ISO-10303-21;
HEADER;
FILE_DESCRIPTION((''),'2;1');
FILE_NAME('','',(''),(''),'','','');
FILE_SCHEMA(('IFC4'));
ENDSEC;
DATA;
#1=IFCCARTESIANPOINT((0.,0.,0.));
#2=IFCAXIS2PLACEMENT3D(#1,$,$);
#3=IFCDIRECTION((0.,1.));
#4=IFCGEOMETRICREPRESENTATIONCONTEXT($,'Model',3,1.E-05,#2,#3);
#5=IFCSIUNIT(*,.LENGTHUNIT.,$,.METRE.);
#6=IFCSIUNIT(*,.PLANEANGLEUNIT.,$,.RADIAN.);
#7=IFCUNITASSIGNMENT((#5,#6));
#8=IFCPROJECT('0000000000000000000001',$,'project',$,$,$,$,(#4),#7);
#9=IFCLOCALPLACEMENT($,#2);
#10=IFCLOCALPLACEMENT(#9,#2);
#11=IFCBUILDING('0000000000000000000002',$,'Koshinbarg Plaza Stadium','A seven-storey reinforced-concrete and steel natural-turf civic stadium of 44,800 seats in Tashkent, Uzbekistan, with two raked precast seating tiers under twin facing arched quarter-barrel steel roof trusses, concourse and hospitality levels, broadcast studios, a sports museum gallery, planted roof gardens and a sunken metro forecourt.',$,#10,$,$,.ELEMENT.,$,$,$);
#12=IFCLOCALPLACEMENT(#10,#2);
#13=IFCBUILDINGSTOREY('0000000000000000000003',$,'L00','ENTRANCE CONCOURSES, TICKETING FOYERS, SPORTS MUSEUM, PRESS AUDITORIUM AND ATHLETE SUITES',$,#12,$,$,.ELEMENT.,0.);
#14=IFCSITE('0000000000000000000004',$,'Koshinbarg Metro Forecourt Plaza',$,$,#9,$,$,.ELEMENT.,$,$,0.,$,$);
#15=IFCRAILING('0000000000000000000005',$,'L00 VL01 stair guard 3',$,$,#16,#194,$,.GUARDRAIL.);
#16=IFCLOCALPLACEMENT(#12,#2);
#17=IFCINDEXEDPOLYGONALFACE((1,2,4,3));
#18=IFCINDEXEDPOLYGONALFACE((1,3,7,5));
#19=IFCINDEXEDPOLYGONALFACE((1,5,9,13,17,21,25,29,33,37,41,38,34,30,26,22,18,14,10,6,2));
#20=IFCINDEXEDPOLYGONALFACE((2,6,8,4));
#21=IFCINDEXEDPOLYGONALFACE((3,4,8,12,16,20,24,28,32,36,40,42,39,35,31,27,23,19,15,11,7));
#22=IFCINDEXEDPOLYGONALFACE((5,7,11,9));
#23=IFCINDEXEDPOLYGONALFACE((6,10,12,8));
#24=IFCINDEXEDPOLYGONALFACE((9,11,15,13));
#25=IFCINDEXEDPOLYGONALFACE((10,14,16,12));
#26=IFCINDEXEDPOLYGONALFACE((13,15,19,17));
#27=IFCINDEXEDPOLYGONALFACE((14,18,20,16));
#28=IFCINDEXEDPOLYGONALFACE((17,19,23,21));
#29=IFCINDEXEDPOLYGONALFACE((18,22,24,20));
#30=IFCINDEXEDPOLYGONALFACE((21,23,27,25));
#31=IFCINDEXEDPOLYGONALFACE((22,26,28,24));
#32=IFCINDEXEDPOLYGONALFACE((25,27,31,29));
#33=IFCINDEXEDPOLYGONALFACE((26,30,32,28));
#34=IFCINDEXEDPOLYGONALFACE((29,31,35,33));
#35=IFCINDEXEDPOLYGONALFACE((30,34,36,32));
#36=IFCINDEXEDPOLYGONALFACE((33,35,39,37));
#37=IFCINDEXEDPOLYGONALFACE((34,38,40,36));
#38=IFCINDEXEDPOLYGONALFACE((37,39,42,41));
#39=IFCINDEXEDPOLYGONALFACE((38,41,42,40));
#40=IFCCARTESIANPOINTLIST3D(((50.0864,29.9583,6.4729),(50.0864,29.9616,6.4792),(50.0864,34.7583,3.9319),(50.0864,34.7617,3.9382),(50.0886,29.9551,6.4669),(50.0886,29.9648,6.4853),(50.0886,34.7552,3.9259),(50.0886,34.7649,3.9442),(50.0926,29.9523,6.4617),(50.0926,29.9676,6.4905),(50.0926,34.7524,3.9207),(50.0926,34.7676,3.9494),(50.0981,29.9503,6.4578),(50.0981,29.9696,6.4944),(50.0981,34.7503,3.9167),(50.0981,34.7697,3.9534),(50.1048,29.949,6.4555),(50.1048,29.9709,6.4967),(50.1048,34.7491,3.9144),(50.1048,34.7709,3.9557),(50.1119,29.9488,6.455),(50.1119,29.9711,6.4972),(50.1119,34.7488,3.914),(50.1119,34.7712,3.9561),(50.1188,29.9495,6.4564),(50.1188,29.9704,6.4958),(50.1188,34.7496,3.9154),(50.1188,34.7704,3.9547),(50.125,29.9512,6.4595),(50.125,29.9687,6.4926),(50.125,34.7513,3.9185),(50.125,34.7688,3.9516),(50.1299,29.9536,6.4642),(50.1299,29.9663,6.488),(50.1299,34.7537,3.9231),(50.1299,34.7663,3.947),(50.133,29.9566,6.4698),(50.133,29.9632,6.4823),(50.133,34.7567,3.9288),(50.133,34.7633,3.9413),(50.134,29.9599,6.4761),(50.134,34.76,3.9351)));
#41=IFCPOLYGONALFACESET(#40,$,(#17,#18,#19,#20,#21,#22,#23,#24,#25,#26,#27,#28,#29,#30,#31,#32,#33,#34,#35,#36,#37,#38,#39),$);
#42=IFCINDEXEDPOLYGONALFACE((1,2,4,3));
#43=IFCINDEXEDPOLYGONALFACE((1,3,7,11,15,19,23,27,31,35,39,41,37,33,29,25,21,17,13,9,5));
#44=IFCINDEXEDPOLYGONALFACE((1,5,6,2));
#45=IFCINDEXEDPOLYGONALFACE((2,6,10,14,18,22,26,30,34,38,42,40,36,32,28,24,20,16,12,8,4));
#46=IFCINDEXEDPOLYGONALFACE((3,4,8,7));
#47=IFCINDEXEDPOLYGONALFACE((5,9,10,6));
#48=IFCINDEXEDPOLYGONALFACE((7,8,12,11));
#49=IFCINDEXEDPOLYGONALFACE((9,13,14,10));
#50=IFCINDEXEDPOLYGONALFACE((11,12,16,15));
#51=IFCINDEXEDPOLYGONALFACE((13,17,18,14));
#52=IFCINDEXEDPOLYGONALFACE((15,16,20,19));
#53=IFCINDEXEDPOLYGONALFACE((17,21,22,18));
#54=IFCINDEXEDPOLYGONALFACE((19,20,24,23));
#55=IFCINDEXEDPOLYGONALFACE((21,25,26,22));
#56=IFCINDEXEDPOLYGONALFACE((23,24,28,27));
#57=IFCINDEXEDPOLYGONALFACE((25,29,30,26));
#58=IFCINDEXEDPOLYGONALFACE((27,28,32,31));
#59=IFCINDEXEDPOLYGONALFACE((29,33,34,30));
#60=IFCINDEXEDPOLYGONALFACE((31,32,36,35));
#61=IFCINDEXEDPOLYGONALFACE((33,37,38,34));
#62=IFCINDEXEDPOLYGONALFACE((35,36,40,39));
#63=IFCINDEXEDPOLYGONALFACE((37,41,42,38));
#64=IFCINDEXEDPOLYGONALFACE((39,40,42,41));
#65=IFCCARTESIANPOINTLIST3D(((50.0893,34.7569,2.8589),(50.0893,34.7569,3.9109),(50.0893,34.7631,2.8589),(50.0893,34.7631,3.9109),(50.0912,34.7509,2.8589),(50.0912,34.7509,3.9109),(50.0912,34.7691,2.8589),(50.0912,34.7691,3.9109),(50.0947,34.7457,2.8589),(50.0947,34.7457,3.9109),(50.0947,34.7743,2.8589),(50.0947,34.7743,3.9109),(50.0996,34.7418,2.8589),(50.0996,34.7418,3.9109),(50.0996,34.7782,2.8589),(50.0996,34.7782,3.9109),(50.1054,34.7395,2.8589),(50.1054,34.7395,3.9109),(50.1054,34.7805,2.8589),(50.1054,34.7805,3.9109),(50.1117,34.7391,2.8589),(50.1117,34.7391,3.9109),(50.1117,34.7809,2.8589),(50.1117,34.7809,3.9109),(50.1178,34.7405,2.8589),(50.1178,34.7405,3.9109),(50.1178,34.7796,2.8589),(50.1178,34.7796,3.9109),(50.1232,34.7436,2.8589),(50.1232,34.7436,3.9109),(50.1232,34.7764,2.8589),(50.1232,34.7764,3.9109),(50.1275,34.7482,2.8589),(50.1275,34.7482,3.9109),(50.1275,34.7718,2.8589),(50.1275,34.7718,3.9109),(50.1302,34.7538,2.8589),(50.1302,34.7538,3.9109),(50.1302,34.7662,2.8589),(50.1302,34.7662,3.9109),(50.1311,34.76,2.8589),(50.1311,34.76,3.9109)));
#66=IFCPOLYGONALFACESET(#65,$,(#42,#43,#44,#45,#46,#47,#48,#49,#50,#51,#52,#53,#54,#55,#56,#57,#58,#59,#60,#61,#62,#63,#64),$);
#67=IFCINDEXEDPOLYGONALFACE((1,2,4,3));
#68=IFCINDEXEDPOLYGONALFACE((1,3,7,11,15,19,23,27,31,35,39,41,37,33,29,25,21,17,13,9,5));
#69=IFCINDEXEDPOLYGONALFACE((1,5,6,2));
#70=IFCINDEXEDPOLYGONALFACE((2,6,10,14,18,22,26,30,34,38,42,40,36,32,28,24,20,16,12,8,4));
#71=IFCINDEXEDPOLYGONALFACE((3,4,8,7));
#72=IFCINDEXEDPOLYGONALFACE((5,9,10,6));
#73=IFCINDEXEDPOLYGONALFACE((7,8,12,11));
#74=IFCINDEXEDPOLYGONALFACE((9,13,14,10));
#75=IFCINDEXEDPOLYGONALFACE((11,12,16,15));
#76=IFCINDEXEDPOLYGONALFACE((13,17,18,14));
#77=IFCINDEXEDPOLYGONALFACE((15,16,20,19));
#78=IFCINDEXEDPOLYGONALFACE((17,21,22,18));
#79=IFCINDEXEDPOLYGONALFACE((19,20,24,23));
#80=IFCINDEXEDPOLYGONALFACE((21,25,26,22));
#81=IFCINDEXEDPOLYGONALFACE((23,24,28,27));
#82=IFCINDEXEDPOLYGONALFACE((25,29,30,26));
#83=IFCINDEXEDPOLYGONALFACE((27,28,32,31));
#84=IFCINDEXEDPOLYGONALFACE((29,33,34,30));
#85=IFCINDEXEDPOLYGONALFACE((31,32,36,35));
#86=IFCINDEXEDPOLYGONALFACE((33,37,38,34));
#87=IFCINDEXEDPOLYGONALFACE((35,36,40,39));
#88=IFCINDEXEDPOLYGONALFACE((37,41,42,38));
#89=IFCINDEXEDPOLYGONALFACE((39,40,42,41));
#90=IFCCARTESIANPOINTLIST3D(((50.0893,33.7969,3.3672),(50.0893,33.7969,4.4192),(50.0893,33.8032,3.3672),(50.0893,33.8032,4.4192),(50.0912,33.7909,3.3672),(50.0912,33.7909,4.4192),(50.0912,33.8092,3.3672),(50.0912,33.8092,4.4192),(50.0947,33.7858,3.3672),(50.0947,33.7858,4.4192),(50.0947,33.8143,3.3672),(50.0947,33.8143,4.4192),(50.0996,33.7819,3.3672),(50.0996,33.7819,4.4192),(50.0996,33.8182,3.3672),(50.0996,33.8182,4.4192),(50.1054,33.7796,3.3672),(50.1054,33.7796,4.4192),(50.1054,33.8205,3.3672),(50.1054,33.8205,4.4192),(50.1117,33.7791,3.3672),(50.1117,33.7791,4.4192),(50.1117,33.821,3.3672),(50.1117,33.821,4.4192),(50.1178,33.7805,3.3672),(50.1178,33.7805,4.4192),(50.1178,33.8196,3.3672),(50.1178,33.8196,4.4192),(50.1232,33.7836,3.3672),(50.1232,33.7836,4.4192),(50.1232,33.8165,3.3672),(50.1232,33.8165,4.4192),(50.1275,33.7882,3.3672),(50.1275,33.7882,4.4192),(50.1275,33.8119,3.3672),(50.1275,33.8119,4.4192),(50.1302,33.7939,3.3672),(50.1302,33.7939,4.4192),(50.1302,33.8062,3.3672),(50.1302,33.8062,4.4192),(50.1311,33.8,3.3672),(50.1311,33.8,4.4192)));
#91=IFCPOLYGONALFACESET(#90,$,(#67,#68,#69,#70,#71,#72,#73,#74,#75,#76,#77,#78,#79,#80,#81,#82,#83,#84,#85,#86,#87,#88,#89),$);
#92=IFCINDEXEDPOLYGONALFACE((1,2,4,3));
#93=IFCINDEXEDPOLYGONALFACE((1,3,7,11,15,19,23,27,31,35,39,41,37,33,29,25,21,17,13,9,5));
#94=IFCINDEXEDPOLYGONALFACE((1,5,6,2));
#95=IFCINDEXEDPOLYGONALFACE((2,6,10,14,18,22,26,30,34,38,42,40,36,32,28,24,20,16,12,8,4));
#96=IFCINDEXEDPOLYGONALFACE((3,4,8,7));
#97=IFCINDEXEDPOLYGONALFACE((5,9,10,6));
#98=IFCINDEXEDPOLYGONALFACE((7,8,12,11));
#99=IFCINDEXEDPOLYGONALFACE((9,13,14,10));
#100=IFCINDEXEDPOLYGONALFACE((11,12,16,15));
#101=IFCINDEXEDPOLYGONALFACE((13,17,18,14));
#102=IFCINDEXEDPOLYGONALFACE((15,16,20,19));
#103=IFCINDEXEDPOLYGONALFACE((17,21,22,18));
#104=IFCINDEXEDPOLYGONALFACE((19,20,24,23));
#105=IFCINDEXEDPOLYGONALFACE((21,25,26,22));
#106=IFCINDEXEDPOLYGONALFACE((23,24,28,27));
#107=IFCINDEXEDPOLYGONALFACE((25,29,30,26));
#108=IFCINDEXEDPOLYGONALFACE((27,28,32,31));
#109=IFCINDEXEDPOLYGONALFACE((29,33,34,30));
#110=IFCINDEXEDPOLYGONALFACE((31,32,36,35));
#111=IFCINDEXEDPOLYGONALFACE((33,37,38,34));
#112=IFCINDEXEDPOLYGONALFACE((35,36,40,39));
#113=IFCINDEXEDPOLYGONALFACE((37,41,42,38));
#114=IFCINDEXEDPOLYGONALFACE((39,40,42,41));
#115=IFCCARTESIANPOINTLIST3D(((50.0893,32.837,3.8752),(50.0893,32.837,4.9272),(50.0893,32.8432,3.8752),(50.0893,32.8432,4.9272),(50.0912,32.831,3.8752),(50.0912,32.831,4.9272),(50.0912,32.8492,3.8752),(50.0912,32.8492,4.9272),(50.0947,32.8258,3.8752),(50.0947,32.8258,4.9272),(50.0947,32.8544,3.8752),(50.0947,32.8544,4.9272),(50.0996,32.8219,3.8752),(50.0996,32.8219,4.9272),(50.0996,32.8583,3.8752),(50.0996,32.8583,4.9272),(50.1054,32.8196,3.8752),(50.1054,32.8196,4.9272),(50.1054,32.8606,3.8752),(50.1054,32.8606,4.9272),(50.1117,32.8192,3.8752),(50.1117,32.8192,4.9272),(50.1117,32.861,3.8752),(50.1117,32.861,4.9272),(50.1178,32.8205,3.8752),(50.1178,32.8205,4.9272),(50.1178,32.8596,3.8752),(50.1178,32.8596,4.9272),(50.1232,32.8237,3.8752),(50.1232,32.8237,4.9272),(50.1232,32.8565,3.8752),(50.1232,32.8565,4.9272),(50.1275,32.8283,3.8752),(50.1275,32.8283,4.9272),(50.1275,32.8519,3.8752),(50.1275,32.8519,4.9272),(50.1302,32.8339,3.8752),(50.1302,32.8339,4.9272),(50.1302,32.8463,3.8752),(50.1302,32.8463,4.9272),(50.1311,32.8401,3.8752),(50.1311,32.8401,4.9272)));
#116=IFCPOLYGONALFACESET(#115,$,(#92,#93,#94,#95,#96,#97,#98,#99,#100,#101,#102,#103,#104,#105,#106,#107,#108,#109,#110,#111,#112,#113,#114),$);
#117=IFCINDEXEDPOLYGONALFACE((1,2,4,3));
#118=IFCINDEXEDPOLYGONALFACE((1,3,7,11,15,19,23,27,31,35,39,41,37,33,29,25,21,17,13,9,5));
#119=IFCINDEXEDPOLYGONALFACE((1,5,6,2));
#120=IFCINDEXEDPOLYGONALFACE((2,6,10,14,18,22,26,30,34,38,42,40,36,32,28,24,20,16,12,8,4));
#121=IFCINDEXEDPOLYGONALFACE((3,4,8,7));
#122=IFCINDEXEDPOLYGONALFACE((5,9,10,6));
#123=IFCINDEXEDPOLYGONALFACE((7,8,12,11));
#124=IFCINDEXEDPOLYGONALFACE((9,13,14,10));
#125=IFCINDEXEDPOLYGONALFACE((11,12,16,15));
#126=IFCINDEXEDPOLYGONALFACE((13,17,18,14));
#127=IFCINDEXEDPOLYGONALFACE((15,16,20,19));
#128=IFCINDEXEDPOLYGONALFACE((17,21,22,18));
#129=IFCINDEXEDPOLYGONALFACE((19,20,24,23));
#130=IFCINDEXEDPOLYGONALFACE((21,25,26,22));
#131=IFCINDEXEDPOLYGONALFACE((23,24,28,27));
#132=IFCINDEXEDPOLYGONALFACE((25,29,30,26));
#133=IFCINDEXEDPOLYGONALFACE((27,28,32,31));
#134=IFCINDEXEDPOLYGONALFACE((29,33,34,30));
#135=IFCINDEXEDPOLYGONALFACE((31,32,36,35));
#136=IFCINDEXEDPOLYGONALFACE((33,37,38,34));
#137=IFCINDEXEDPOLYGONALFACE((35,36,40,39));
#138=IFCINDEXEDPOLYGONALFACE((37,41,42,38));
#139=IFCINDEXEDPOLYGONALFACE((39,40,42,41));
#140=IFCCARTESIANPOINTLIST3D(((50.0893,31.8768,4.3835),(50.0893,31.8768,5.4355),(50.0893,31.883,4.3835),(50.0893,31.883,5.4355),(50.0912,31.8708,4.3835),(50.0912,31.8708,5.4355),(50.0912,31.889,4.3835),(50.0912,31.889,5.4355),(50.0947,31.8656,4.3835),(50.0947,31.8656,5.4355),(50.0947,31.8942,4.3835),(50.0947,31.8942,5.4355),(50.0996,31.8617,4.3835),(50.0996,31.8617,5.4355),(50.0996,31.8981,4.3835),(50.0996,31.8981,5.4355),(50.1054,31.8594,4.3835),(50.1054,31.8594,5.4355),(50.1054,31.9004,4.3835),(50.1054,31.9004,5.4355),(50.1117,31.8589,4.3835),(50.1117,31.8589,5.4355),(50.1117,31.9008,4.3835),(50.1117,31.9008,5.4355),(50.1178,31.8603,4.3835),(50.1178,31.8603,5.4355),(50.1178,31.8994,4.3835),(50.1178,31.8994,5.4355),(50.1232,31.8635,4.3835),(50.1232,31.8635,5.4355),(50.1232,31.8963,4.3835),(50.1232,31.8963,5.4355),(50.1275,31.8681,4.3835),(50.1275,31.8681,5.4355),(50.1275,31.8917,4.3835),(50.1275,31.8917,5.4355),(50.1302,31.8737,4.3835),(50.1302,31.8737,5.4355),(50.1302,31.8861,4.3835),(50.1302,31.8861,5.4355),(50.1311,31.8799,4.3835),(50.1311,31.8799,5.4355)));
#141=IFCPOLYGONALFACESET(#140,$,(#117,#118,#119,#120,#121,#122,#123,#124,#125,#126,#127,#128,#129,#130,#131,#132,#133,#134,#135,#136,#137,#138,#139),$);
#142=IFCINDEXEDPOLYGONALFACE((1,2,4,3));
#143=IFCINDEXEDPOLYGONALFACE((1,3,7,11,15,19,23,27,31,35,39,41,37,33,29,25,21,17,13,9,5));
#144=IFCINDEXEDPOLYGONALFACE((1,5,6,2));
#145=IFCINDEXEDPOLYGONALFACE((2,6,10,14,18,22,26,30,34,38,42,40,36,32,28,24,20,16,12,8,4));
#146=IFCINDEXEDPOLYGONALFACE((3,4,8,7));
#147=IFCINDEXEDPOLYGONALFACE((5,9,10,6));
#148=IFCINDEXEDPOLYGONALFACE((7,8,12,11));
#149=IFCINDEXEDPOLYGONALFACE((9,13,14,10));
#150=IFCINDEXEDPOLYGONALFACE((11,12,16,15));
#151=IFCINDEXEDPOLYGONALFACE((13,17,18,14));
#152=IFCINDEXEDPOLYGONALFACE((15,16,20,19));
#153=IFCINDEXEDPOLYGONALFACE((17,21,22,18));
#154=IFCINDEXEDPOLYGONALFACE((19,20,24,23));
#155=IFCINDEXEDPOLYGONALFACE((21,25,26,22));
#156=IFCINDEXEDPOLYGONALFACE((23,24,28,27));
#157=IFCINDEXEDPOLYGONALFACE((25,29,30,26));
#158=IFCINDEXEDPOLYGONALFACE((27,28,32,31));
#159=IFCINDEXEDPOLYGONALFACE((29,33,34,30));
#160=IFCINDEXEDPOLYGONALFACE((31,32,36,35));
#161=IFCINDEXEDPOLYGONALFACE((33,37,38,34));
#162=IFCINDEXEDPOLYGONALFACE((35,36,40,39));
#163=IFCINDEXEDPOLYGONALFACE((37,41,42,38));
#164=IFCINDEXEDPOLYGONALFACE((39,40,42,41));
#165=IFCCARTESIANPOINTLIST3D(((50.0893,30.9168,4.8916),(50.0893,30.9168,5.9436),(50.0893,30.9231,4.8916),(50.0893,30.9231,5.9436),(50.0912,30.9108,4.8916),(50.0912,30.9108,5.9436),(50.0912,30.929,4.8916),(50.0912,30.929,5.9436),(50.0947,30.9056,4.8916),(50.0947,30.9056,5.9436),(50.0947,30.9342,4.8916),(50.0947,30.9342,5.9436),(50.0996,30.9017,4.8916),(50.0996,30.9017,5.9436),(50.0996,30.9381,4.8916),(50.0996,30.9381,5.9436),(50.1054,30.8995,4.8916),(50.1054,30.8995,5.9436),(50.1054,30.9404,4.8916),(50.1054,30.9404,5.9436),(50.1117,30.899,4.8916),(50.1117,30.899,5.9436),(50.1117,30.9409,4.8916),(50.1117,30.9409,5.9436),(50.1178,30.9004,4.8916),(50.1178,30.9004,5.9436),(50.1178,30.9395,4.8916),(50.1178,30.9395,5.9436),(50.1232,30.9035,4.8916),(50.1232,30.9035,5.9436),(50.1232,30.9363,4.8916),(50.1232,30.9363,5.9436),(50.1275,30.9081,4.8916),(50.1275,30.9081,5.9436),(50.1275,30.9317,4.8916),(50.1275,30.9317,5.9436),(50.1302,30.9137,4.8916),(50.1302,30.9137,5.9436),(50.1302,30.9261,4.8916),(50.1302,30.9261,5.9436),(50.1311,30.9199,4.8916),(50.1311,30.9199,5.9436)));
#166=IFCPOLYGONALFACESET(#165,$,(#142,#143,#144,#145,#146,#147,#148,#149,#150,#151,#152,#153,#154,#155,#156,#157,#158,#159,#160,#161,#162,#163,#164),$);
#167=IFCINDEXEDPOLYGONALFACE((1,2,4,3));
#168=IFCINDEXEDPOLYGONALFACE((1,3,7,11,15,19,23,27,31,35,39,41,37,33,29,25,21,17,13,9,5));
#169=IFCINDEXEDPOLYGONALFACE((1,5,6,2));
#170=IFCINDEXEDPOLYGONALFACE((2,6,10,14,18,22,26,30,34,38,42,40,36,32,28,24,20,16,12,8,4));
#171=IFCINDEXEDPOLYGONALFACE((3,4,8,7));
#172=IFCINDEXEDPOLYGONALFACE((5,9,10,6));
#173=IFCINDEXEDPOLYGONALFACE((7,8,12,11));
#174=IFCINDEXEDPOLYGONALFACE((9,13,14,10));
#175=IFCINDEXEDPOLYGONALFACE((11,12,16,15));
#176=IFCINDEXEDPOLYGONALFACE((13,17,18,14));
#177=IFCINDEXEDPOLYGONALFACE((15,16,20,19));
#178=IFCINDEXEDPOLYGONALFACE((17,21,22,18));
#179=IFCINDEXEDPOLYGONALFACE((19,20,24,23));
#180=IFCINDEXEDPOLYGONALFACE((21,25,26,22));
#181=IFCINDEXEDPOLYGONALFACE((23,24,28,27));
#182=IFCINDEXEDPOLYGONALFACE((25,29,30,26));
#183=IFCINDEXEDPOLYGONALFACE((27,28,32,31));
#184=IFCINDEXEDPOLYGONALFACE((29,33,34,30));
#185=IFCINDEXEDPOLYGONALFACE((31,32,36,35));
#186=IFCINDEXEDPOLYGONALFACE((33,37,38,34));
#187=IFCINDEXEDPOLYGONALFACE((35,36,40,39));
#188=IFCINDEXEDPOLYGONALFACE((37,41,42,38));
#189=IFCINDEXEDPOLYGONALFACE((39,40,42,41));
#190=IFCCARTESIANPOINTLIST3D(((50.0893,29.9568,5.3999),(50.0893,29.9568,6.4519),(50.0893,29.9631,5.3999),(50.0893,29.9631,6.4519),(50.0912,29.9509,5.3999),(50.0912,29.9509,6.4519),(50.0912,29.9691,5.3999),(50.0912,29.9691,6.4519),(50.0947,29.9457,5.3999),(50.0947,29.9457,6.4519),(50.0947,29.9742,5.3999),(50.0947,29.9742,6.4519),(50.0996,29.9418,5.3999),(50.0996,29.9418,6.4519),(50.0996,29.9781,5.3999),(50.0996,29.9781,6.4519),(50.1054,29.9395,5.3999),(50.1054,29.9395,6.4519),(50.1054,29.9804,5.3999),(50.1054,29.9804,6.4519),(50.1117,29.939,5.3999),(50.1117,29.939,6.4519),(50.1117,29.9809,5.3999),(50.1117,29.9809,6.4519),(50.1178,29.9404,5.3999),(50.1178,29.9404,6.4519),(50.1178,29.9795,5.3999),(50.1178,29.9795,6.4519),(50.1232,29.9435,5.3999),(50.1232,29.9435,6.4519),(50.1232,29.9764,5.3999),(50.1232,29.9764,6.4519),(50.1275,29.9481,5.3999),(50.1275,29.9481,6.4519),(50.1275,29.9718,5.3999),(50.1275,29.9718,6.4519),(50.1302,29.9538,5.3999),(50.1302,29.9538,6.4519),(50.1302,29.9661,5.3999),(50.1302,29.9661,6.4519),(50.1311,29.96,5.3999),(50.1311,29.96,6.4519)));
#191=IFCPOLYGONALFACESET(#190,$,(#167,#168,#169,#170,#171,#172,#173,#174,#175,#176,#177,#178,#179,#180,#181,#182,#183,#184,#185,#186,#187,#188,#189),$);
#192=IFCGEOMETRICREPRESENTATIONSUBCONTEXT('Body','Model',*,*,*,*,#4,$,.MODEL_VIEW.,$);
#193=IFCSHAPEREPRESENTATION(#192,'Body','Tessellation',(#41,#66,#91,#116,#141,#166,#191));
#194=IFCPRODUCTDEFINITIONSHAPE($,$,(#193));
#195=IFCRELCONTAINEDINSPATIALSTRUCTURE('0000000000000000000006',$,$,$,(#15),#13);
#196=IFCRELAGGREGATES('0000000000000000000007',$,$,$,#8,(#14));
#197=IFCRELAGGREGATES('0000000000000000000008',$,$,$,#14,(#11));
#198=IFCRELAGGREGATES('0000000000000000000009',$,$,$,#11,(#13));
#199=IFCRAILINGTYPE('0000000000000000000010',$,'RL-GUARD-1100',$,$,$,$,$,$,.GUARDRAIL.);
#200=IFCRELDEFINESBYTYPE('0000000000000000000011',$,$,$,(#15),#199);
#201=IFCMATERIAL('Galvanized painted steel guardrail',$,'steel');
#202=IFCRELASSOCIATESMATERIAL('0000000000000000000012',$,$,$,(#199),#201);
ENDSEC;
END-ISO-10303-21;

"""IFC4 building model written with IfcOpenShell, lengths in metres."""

from ifc_helpers import new_model, si_unit, direction, frame, origin, origin_2d, place, context, subcontext, project, spatial, circle, extrude, material, type_object, element, save


model = new_model("IFC4")

# Units and contexts
model_context = context("Model", 3, precision=1e-05, world=origin(), true_north=direction((0.0, 1.0)))
body_context = subcontext(model_context, "Body", "Model", "MODEL_VIEW")
ifc_project = project(units=[si_unit("LENGTHUNIT", "METRE"), si_unit("PLANEANGLEUNIT", "RADIAN")], contexts=[model_context])

# Site, building, storey
site_placement = place(None, origin())
site = spatial("IfcSite", under=ifc_project, at=site_placement, Name="Koshinbarg Metro Forecourt Plaza", CompositionType="ELEMENT", RefElevation=0.0)
building_placement = place(site_placement, origin())
building = spatial("IfcBuilding", under=site, at=building_placement, Name="Koshinbarg Plaza Stadium", Description="A seven-storey reinforced-concrete and steel natural-turf civic stadium of 44,800 seats in Tashkent, Uzbekistan, with two raked precast seating tiers under twin facing arched quarter-barrel steel roof trusses, concourse and hospitality levels, broadcast studios, a sports museum gallery, planted roof gardens and a sunken metro forecourt.", CompositionType="ELEMENT")
storey_placement = place(building_placement, origin())
storey = spatial("IfcBuildingStorey", under=building, at=storey_placement, Name="L00", Description="ENTRANCE CONCOURSES, TICKETING FOYERS, SPORTS MUSEUM, PRESS AUDITORIUM AND ATHLETE SUITES", CompositionType="ELEMENT", Elevation=0.0)

# Railing
ifc_material_1 = material(Name="Galvanized painted steel guardrail", Category="steel")
railing_type_1 = type_object("IfcRailingType", Name="RL-GUARD-1100", PredefinedType="GUARDRAIL", material=ifc_material_1)
railing_1_placement = place(storey_placement, frame((50.1101, 34.76, 2.8589)))
element("IfcRailing", 1, at=railing_1_placement, inside=storey, type_object=railing_type_1, Name="L00 VL01 stair guard 3", PredefinedType="GUARDRAIL", context=body_context, shape_type="SweptSolid", body=[
    extrude(circle(Radius=0.0239, at=origin_2d()), frame((0.0, 0.0, 1.0762), z_axis=(0.0, -0.883802, 0.467861), x_axis=(1.0, 0.0, 0.0)), (0.0, 0.0, 1.0), 5.4312),
    extrude(circle(Radius=0.021, at=origin_2d()), origin(), (0.0, 0.0, 1.0), 1.052),
    extrude(circle(Radius=0.021, at=origin_2d()), frame((0.0, -0.96, 0.5083)), (0.0, 0.0, 1.0), 1.052),
    extrude(circle(Radius=0.021, at=origin_2d()), frame((0.0, -1.9199, 1.0164)), (0.0, 0.0, 1.0), 1.052),
    extrude(circle(Radius=0.021, at=origin_2d()), frame((0.0, -2.8801, 1.5247)), (0.0, 0.0, 1.0), 1.052),
    extrude(circle(Radius=0.021, at=origin_2d()), frame((0.0, -3.8401, 2.0327)), (0.0, 0.0, 1.0), 1.052),
    extrude(circle(Radius=0.021, at=origin_2d()), frame((0.0, -4.8, 2.541)), (0.0, 0.0, 1.0), 1.052),
])

save(model, "model.ifc")
